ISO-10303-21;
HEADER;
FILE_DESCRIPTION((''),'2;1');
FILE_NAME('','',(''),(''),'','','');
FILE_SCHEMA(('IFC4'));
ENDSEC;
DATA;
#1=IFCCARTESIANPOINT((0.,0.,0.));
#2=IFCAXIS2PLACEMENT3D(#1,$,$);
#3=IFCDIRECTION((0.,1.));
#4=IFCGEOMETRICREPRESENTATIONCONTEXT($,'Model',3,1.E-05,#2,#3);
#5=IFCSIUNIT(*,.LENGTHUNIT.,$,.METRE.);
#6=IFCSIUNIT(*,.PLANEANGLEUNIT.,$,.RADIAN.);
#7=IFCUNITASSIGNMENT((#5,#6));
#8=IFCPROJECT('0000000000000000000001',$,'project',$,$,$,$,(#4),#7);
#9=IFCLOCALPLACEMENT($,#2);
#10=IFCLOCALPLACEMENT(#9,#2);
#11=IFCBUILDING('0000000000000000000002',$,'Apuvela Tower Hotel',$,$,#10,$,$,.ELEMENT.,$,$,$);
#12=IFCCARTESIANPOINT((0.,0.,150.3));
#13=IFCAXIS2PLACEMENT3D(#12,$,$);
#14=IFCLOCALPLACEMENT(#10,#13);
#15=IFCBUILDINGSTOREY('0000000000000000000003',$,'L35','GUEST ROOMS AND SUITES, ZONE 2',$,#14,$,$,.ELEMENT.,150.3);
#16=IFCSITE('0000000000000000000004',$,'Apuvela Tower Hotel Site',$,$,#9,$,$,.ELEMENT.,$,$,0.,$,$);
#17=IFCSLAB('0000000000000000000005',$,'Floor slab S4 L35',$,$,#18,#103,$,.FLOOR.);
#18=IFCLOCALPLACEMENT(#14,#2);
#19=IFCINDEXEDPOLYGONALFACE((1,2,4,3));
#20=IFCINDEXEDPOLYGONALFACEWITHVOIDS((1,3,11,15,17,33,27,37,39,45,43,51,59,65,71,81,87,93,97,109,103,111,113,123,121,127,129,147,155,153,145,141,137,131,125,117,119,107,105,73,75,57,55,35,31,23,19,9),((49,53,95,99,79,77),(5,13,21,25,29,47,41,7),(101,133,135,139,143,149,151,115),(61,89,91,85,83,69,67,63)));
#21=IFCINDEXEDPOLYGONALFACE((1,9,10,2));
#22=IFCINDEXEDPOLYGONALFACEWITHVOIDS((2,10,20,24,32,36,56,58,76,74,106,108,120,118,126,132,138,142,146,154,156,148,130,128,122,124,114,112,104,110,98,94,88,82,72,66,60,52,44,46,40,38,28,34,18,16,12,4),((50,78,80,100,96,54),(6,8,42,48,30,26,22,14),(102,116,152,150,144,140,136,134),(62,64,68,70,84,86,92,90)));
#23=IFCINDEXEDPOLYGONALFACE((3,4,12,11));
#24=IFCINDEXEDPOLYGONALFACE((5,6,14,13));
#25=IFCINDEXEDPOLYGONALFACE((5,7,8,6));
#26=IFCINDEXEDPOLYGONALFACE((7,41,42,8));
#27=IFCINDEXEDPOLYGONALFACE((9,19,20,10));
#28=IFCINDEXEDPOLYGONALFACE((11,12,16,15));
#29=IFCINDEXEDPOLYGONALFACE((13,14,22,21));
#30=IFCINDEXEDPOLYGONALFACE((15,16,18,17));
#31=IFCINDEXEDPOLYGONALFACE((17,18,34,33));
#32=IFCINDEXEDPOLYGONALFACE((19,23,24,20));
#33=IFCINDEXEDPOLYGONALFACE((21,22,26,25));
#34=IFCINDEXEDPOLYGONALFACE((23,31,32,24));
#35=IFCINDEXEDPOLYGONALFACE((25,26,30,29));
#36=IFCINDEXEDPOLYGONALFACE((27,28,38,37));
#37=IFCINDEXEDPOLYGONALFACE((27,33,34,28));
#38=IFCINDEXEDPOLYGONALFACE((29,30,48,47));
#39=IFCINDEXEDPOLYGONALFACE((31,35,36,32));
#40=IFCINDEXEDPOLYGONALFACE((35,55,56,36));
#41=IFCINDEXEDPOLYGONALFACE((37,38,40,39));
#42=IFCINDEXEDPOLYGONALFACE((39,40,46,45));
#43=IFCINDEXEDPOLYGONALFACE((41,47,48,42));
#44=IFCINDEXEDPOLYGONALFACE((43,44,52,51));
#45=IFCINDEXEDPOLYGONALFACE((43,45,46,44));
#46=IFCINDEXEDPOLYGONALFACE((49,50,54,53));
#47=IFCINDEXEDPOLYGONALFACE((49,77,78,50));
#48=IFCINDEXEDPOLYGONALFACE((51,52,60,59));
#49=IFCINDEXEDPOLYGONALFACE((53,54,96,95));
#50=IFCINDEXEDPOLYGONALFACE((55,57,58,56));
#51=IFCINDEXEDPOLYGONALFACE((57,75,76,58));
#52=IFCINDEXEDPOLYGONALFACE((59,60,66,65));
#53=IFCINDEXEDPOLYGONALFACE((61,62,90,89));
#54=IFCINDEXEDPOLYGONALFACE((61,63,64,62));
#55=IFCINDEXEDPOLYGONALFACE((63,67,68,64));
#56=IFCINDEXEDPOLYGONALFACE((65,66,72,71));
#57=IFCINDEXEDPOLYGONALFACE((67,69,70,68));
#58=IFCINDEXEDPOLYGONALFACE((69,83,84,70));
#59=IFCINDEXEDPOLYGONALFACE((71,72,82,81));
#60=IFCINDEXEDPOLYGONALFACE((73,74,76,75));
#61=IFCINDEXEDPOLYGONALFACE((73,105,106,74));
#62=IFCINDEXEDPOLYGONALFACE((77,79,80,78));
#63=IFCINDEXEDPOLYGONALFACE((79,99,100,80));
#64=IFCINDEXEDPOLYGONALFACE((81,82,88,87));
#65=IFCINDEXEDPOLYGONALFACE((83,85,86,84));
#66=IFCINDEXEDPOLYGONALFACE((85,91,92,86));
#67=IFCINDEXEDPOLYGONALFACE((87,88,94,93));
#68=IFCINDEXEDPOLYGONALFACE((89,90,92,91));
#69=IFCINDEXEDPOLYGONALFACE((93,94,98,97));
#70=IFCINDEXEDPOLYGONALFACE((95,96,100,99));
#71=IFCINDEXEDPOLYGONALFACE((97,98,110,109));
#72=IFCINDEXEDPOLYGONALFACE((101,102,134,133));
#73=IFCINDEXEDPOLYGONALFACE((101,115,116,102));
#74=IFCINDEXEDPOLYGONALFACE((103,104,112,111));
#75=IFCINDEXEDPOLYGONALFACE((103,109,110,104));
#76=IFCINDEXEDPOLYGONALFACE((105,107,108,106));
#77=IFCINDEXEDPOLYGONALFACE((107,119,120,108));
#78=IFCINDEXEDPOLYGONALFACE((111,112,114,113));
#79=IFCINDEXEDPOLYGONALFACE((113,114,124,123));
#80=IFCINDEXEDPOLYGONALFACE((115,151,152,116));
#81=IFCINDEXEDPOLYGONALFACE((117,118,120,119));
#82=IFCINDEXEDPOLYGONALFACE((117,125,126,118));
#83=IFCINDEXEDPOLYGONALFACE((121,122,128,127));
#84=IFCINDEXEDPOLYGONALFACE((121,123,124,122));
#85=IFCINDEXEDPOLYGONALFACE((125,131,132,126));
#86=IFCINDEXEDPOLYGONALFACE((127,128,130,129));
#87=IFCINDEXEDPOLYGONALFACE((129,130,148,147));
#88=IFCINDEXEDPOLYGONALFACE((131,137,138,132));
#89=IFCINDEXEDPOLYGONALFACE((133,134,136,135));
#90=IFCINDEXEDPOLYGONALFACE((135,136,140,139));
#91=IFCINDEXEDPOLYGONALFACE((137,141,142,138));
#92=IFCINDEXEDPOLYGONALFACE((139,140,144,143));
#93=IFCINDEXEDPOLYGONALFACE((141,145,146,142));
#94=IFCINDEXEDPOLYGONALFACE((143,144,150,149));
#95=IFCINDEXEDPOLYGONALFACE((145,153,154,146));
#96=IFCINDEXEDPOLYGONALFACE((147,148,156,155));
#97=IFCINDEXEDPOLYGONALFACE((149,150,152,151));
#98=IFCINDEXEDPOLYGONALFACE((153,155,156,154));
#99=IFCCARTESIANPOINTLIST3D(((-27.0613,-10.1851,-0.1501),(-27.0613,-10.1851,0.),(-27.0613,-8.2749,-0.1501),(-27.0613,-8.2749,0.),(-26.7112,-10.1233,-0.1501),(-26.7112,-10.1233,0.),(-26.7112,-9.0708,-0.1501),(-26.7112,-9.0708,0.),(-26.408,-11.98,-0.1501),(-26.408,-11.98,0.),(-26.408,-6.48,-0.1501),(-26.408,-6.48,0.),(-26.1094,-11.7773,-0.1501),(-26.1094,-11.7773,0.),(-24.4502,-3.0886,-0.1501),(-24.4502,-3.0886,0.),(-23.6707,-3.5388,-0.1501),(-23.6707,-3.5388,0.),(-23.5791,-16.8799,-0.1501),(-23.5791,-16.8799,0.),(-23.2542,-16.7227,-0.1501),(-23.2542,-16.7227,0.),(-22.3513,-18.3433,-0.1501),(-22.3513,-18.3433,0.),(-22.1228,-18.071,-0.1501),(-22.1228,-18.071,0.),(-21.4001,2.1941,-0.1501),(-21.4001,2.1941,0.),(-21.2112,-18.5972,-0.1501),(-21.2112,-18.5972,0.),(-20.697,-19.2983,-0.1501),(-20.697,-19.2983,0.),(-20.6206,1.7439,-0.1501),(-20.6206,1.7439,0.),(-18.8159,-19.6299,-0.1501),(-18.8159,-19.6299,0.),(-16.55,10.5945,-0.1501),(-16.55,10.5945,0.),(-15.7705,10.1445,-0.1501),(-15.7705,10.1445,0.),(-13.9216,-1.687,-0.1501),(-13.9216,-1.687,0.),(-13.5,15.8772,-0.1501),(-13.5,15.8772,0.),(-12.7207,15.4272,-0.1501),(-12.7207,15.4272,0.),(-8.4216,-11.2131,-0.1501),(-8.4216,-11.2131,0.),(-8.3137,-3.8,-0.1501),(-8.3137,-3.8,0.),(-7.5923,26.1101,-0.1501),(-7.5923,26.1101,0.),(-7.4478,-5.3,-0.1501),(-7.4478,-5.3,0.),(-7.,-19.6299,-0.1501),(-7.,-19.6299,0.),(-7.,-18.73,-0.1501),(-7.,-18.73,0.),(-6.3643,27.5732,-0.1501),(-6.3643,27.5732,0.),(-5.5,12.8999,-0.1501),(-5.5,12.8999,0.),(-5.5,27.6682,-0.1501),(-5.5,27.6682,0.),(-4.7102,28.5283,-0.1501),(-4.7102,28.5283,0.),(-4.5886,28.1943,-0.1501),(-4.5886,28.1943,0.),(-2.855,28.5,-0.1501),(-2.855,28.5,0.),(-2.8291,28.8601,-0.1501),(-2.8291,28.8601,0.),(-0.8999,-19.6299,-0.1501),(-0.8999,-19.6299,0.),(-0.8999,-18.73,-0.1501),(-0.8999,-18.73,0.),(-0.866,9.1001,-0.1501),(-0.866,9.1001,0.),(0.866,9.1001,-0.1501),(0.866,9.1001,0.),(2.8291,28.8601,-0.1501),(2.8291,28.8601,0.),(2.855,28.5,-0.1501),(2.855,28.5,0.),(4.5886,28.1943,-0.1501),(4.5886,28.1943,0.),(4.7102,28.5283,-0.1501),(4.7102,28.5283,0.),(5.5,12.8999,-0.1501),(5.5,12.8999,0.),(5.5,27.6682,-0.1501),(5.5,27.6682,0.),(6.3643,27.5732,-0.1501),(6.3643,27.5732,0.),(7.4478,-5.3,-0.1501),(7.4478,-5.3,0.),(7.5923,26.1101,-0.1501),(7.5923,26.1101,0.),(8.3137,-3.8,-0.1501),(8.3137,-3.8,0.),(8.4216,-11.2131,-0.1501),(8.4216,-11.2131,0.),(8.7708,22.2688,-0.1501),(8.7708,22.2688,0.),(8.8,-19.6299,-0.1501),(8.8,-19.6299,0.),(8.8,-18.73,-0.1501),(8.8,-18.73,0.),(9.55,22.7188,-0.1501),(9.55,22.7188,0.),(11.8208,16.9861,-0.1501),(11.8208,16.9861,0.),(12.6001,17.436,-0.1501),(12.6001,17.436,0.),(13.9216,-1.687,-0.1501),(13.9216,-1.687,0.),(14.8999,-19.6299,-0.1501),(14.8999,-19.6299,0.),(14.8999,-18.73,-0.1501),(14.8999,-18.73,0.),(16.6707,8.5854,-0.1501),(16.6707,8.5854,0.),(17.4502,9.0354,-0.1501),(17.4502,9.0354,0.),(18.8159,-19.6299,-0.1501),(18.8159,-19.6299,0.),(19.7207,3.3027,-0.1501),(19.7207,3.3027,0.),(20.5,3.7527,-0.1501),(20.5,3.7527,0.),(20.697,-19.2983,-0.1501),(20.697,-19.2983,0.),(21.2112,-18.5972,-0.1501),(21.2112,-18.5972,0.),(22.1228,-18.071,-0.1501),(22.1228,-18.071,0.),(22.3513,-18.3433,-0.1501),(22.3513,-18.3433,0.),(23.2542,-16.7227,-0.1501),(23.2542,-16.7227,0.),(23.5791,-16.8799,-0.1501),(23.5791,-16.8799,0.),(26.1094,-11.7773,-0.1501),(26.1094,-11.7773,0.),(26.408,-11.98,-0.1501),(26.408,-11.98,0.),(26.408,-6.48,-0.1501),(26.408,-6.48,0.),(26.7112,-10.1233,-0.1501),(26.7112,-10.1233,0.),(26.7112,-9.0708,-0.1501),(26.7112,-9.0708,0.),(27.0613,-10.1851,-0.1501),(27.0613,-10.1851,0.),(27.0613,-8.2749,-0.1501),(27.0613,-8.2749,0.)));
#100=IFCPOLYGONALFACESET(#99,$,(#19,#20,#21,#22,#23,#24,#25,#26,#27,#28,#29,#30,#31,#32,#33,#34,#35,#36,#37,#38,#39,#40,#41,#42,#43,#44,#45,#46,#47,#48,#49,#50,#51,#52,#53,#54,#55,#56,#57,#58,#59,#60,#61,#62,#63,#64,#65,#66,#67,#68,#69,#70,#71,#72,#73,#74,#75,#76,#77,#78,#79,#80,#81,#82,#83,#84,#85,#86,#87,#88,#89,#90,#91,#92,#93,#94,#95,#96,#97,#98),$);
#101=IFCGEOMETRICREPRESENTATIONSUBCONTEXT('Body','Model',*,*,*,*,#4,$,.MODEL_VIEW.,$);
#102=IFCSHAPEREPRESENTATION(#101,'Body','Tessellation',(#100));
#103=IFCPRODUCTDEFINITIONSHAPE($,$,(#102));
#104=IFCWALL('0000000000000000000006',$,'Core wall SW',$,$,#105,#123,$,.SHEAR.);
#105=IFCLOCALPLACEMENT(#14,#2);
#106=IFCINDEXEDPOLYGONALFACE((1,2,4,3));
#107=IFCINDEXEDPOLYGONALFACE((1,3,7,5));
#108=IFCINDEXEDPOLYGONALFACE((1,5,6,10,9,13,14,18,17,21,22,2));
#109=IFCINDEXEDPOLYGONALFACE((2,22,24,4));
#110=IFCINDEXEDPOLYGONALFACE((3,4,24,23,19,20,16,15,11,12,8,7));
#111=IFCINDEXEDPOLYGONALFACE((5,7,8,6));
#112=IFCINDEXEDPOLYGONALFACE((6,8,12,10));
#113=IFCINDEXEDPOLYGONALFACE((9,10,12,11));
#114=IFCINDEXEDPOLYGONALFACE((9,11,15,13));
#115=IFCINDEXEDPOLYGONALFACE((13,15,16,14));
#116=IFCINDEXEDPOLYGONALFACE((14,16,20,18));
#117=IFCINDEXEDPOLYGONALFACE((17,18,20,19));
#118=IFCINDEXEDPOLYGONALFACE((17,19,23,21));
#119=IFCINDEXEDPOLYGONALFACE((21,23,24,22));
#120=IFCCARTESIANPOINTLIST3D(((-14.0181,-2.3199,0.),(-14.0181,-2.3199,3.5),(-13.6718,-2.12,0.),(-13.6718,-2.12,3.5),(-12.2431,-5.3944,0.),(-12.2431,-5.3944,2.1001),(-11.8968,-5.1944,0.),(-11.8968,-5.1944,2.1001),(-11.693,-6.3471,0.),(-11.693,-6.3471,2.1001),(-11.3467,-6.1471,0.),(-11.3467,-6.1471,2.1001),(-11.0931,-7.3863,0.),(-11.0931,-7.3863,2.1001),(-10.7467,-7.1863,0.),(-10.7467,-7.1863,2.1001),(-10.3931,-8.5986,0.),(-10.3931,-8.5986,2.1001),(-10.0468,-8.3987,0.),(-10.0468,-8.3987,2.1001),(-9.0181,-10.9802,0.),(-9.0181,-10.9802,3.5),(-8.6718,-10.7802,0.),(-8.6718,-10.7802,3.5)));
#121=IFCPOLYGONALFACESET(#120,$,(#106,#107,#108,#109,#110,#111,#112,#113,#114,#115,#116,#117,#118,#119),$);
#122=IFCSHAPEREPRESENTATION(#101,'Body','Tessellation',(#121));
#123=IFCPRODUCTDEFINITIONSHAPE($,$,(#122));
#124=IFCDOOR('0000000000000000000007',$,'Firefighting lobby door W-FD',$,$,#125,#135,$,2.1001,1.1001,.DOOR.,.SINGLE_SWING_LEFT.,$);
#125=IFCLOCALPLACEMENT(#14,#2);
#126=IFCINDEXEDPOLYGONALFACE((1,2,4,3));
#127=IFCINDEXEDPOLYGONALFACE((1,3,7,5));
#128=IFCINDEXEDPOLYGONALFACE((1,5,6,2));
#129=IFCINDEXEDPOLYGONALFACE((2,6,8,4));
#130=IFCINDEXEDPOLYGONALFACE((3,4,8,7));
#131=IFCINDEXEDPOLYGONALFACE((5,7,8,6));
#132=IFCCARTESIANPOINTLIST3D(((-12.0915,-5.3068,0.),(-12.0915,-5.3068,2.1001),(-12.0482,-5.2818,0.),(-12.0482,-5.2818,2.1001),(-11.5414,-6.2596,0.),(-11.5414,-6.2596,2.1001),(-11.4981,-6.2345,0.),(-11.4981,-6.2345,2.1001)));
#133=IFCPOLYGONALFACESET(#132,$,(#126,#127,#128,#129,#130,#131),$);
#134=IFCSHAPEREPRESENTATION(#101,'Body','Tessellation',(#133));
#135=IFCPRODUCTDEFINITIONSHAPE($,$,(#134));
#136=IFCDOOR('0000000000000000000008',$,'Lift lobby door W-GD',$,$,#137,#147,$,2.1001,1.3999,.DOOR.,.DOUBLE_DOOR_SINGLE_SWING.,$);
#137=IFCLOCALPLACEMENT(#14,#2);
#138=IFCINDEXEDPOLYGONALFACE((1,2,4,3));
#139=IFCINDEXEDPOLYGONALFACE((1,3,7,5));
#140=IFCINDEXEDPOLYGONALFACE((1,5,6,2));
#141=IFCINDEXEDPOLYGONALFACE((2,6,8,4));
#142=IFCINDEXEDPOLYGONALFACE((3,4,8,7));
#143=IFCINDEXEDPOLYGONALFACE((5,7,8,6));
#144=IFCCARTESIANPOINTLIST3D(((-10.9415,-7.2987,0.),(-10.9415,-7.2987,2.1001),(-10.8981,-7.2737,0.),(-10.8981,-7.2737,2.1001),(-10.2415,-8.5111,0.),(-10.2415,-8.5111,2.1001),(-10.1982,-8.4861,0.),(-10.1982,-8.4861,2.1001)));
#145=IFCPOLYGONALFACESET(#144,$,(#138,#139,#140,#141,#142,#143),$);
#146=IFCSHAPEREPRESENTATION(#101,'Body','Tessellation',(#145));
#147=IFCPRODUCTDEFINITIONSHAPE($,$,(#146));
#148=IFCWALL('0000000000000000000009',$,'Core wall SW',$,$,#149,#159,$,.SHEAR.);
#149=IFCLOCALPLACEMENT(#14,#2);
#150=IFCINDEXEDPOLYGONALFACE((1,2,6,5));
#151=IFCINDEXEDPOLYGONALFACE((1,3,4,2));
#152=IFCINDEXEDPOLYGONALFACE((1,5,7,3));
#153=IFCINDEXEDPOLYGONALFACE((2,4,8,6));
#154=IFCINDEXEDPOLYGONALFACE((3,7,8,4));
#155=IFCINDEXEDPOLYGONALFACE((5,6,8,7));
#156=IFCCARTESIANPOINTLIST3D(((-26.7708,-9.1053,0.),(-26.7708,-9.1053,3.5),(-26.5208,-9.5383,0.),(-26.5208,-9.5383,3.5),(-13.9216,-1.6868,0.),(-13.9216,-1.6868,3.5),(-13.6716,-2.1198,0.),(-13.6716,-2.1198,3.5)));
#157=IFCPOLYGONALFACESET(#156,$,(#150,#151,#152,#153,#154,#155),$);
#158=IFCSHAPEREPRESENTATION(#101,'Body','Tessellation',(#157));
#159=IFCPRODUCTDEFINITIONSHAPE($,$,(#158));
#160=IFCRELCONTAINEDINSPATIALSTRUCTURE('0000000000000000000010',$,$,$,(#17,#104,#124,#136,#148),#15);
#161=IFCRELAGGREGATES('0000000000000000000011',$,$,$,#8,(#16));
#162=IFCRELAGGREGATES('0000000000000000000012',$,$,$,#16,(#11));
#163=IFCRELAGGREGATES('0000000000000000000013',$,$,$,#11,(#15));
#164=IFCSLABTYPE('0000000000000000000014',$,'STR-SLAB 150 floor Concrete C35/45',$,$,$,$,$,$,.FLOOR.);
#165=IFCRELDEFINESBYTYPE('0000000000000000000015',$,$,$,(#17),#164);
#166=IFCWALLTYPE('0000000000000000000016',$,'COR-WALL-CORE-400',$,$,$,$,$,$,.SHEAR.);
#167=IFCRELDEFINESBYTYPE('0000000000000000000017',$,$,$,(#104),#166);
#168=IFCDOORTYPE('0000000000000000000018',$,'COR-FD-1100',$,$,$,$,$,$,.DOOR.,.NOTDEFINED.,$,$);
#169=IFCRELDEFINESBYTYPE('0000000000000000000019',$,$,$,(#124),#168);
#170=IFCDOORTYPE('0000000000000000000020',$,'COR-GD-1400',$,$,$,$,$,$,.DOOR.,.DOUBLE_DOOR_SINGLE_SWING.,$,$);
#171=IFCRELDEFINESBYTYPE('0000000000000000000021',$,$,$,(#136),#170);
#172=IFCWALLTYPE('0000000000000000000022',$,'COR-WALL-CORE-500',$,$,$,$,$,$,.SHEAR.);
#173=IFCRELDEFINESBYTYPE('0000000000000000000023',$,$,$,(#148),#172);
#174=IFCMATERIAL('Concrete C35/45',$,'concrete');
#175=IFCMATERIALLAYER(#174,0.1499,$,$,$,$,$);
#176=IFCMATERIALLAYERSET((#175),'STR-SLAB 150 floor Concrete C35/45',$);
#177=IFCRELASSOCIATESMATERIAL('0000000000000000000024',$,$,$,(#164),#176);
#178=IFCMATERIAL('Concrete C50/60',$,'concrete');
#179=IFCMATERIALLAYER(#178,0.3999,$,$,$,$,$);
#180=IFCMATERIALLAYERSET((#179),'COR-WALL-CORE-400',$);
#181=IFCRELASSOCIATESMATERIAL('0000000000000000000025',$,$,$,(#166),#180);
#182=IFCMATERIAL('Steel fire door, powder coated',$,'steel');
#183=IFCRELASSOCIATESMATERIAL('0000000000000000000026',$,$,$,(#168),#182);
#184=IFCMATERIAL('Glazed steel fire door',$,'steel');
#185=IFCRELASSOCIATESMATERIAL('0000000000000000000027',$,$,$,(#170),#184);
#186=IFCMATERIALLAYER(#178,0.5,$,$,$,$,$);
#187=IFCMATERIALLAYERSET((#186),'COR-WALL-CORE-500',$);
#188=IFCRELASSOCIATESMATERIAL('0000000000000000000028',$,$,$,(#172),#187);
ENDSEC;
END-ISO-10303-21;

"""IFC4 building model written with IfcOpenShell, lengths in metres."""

from ifc_helpers import new_model, si_unit, direction, frame, frame_2d, origin, place, context, subcontext, project, spatial, polyline, rectangle, outline, extrude, material, layer, layer_set, type_object, element, fill, save


model = new_model("IFC4")

# Units and contexts
model_context = context("Model", 3, precision=1e-05, world=origin(), true_north=direction((0.0, 1.0)))
body_context = subcontext(model_context, "Body", "Model", "MODEL_VIEW")
ifc_project = project(units=[si_unit("LENGTHUNIT", "METRE"), si_unit("PLANEANGLEUNIT", "RADIAN")], contexts=[model_context])

# Site, building, storey
site_placement = place(None, origin())
site = spatial("IfcSite", under=ifc_project, at=site_placement, Name="Apuvela Tower Hotel Site", CompositionType="ELEMENT", RefElevation=0.0)
building_placement = place(site_placement, origin())
building = spatial("IfcBuilding", under=site, at=building_placement, Name="Apuvela Tower Hotel", CompositionType="ELEMENT")
storey_placement = place(building_placement, frame((0.0, 0.0, 150.3)))
storey = spatial("IfcBuildingStorey", under=building, at=storey_placement, Name="L35", Description="GUEST ROOMS AND SUITES, ZONE 2", CompositionType="ELEMENT", Elevation=150.3)

# Slab
ifc_material_1 = material(Name="Concrete C50/60", Category="concrete")
ifc_material_2 = material(Name="Concrete C35/45", Category="concrete")
ifc_layer_1 = layer(ifc_material_2, 0.1499)
ifc_layer_set_1 = layer_set([ifc_layer_1], Name="STR-SLAB 150 floor Concrete C35/45")
slab_type_1 = type_object("IfcSlabType", Name="STR-SLAB 150 floor Concrete C35/45", PredefinedType="FLOOR", material=ifc_layer_set_1)
slab_1_placement = place(storey_placement, frame((0.0, 0.0, -0.1501)))
element("IfcSlab", 1, at=slab_1_placement, inside=storey, type_object=slab_type_1, Name="Floor slab S4 L35", PredefinedType="FLOOR", context=body_context, shape_type="SweptSolid", body=[
    extrude(outline(polyline([(-6.3643, 27.5732), (-4.7102, 28.5283), (-2.8291, 28.8601), (2.8291, 28.8601), (4.7102, 28.5283), (6.3643, 27.5732), (7.5923, 26.1101), (9.55, 22.7188), (8.7708, 22.2688), (11.8208, 16.9861), (12.6001, 17.436), (17.4502, 9.0354), (16.6707, 8.5854), (19.7207, 3.3027), (20.5, 3.7527), (26.408, -6.48), (27.0613, -8.2749), (27.0613, -10.1851), (26.408, -11.98), (23.5791, -16.8799), (22.3513, -18.3433), (20.697, -19.2983), (18.8159, -19.6299), (14.8999, -19.6299), (14.8999, -18.73), (8.8, -18.73), (8.8, -19.6299), (-0.8999, -19.6299), (-0.8999, -18.73), (-7.0, -18.73), (-7.0, -19.6299), (-18.8159, -19.6299), (-20.697, -19.2983), (-22.3513, -18.3433), (-23.5791, -16.8799), (-26.408, -11.98), (-27.0613, -10.1851), (-27.0613, -8.2749), (-26.408, -6.48), (-24.4502, -3.0886), (-23.6707, -3.5388), (-20.6206, 1.7439), (-21.4001, 2.1941), (-16.55, 10.5945), (-15.7705, 10.1445), (-12.7207, 15.4272), (-13.5, 15.8772), (-7.5923, 26.1101), (-6.3643, 27.5732)]), holes=[polyline([(0.866, 9.1001), (-0.866, 9.1001), (-8.3137, -3.8), (-7.4478, -5.3), (7.4478, -5.3), (8.3137, -3.8), (0.866, 9.1001)]), polyline([(-5.5, 12.8999), (-5.5, 27.6682), (-4.5886, 28.1943), (-2.855, 28.5), (2.855, 28.5), (4.5886, 28.1943), (5.5, 27.6682), (5.5, 12.8999), (-5.5, 12.8999)]), polyline([(-8.4216, -11.2131), (-21.2112, -18.5972), (-22.1228, -18.071), (-23.2542, -16.7227), (-26.1094, -11.7773), (-26.7112, -10.1233), (-26.7112, -9.0708), (-13.9216, -1.687), (-8.4216, -11.2131)]), polyline([(13.9216, -1.687), (26.7112, -9.0708), (26.7112, -10.1233), (26.1094, -11.7773), (23.2542, -16.7227), (22.1228, -18.071), (21.2112, -18.5972), (8.4216, -11.2131), (13.9216, -1.687)])]), origin(), (0.0, 0.0, 1.0), 0.1501),
])

# Wall, openings, doors
ifc_layer_2 = layer(ifc_material_1, 0.3999)
ifc_layer_set_2 = layer_set([ifc_layer_2], Name="COR-WALL-CORE-400")
wall_type_1 = type_object("IfcWallType", Name="COR-WALL-CORE-400", PredefinedType="SHEAR", material=ifc_layer_set_2)
wall_1_placement = place(storey_placement, frame((-13.845, -2.22, 0.0), z_axis=(0.0, 0.0, 1.0), x_axis=(0.500004, -0.866023, 0.0)))
wall_1 = element("IfcWall", 2, at=wall_1_placement, inside=storey, type_object=wall_type_1, Name="Core wall SW", PredefinedType="SHEAR", context=body_context, shape_type="SweptSolid", body=[
    extrude(rectangle(XDim=10.0, YDim=0.3999, at=frame_2d((5.0, 0.0))), origin(), (0.0, 0.0, 1.0), 3.5),
])
opening_1_placement = place(wall_1_placement, frame((3.55, 0.0, 0.0)))
opening_1 = element("IfcOpeningElement", 3, at=opening_1_placement, cuts=wall_1, PredefinedType="OPENING", context=body_context, shape_type="SweptSolid", body=[
    extrude(rectangle(XDim=1.1001, YDim=2.1001, at=frame_2d((0.55, 1.05))), frame((0.0, 0.21, 0.0), z_axis=(0.0, -1.0, 0.0), x_axis=(1.0, 0.0, 0.0)), (0.0, 0.0, 1.0), 0.4199),
])
opening_2_placement = place(wall_1_placement, frame((5.8501, 0.0, 0.0)))
opening_2 = element("IfcOpeningElement", 4, at=opening_2_placement, cuts=wall_1, PredefinedType="OPENING", context=body_context, shape_type="SweptSolid", body=[
    extrude(rectangle(XDim=1.3999, YDim=2.1001, at=frame_2d((0.7, 1.05))), frame((0.0, 0.21, 0.0), z_axis=(0.0, -1.0, 0.0), x_axis=(1.0, 0.0, 0.0)), (0.0, 0.0, 1.0), 0.4199),
])
ifc_material_3 = material(Name="Steel fire door, powder coated", Category="steel")
door_type_1 = type_object("IfcDoorType", Name="COR-FD-1100", OperationType="NOTDEFINED", PredefinedType="DOOR", material=ifc_material_3)
door_1_placement = place(opening_1_placement, frame((1.1001, 0.0, 0.0), z_axis=(0.0, 0.0, 1.0), x_axis=(-1.0, 0.0, 0.0)))
door_1 = element("IfcDoor", 5, at=door_1_placement, inside=storey, type_object=door_type_1, Name="Firefighting lobby door W-FD", OperationType="SINGLE_SWING_LEFT", OverallHeight=2.1001, OverallWidth=1.1001, PredefinedType="DOOR", context=body_context, shape_type="SweptSolid", body=[
    extrude(rectangle(XDim=1.1001, YDim=2.1001, at=frame_2d((0.55, 1.05))), frame((0.0, 0.0249, 0.0), z_axis=(0.0, -1.0, 0.0), x_axis=(1.0, 0.0, 0.0)), (0.0, 0.0, 1.0), 0.05),
])
fill(opening_1, door_1)
ifc_material_4 = material(Name="Glazed steel fire door", Category="steel")
door_type_2 = type_object("IfcDoorType", Name="COR-GD-1400", OperationType="DOUBLE_DOOR_SINGLE_SWING", PredefinedType="DOOR", material=ifc_material_4)
door_2_placement = place(opening_2_placement, frame((1.3999, 0.0, 0.0), z_axis=(0.0, 0.0, 1.0), x_axis=(-1.0, 0.0, 0.0)))
door_2 = element("IfcDoor", 6, at=door_2_placement, inside=storey, type_object=door_type_2, Name="Lift lobby door W-GD", OperationType="DOUBLE_DOOR_SINGLE_SWING", OverallHeight=2.1001, OverallWidth=1.3999, PredefinedType="DOOR", context=body_context, shape_type="SweptSolid", body=[
    extrude(rectangle(XDim=1.3999, YDim=2.1001, at=frame_2d((0.7, 1.05))), frame((0.0, 0.0249, 0.0), z_axis=(0.0, -1.0, 0.0), x_axis=(1.0, 0.0, 0.0)), (0.0, 0.0, 1.0), 0.05),
])
fill(opening_2, door_2)

# Wall
ifc_layer_3 = layer(ifc_material_1, 0.5)
ifc_layer_set_3 = layer_set([ifc_layer_3], Name="COR-WALL-CORE-500")
wall_type_2 = type_object("IfcWallType", Name="COR-WALL-CORE-500", PredefinedType="SHEAR", material=ifc_layer_set_3)
wall_2_placement = place(storey_placement, frame((-13.7966, -1.9033, 0.0), z_axis=(0.0, 0.0, 1.0), x_axis=(-0.866025, -0.500001, 0.0)))
element("IfcWall", 7, at=wall_2_placement, inside=storey, type_object=wall_type_2, Name="Core wall SW", PredefinedType="SHEAR", context=body_context, shape_type="SweptSolid", body=[
    extrude(rectangle(XDim=14.8369, YDim=0.5, at=frame_2d((7.4185, 0.0))), origin(), (0.0, 0.0, 1.0), 3.5),
])

save(model, "model.ifc")
